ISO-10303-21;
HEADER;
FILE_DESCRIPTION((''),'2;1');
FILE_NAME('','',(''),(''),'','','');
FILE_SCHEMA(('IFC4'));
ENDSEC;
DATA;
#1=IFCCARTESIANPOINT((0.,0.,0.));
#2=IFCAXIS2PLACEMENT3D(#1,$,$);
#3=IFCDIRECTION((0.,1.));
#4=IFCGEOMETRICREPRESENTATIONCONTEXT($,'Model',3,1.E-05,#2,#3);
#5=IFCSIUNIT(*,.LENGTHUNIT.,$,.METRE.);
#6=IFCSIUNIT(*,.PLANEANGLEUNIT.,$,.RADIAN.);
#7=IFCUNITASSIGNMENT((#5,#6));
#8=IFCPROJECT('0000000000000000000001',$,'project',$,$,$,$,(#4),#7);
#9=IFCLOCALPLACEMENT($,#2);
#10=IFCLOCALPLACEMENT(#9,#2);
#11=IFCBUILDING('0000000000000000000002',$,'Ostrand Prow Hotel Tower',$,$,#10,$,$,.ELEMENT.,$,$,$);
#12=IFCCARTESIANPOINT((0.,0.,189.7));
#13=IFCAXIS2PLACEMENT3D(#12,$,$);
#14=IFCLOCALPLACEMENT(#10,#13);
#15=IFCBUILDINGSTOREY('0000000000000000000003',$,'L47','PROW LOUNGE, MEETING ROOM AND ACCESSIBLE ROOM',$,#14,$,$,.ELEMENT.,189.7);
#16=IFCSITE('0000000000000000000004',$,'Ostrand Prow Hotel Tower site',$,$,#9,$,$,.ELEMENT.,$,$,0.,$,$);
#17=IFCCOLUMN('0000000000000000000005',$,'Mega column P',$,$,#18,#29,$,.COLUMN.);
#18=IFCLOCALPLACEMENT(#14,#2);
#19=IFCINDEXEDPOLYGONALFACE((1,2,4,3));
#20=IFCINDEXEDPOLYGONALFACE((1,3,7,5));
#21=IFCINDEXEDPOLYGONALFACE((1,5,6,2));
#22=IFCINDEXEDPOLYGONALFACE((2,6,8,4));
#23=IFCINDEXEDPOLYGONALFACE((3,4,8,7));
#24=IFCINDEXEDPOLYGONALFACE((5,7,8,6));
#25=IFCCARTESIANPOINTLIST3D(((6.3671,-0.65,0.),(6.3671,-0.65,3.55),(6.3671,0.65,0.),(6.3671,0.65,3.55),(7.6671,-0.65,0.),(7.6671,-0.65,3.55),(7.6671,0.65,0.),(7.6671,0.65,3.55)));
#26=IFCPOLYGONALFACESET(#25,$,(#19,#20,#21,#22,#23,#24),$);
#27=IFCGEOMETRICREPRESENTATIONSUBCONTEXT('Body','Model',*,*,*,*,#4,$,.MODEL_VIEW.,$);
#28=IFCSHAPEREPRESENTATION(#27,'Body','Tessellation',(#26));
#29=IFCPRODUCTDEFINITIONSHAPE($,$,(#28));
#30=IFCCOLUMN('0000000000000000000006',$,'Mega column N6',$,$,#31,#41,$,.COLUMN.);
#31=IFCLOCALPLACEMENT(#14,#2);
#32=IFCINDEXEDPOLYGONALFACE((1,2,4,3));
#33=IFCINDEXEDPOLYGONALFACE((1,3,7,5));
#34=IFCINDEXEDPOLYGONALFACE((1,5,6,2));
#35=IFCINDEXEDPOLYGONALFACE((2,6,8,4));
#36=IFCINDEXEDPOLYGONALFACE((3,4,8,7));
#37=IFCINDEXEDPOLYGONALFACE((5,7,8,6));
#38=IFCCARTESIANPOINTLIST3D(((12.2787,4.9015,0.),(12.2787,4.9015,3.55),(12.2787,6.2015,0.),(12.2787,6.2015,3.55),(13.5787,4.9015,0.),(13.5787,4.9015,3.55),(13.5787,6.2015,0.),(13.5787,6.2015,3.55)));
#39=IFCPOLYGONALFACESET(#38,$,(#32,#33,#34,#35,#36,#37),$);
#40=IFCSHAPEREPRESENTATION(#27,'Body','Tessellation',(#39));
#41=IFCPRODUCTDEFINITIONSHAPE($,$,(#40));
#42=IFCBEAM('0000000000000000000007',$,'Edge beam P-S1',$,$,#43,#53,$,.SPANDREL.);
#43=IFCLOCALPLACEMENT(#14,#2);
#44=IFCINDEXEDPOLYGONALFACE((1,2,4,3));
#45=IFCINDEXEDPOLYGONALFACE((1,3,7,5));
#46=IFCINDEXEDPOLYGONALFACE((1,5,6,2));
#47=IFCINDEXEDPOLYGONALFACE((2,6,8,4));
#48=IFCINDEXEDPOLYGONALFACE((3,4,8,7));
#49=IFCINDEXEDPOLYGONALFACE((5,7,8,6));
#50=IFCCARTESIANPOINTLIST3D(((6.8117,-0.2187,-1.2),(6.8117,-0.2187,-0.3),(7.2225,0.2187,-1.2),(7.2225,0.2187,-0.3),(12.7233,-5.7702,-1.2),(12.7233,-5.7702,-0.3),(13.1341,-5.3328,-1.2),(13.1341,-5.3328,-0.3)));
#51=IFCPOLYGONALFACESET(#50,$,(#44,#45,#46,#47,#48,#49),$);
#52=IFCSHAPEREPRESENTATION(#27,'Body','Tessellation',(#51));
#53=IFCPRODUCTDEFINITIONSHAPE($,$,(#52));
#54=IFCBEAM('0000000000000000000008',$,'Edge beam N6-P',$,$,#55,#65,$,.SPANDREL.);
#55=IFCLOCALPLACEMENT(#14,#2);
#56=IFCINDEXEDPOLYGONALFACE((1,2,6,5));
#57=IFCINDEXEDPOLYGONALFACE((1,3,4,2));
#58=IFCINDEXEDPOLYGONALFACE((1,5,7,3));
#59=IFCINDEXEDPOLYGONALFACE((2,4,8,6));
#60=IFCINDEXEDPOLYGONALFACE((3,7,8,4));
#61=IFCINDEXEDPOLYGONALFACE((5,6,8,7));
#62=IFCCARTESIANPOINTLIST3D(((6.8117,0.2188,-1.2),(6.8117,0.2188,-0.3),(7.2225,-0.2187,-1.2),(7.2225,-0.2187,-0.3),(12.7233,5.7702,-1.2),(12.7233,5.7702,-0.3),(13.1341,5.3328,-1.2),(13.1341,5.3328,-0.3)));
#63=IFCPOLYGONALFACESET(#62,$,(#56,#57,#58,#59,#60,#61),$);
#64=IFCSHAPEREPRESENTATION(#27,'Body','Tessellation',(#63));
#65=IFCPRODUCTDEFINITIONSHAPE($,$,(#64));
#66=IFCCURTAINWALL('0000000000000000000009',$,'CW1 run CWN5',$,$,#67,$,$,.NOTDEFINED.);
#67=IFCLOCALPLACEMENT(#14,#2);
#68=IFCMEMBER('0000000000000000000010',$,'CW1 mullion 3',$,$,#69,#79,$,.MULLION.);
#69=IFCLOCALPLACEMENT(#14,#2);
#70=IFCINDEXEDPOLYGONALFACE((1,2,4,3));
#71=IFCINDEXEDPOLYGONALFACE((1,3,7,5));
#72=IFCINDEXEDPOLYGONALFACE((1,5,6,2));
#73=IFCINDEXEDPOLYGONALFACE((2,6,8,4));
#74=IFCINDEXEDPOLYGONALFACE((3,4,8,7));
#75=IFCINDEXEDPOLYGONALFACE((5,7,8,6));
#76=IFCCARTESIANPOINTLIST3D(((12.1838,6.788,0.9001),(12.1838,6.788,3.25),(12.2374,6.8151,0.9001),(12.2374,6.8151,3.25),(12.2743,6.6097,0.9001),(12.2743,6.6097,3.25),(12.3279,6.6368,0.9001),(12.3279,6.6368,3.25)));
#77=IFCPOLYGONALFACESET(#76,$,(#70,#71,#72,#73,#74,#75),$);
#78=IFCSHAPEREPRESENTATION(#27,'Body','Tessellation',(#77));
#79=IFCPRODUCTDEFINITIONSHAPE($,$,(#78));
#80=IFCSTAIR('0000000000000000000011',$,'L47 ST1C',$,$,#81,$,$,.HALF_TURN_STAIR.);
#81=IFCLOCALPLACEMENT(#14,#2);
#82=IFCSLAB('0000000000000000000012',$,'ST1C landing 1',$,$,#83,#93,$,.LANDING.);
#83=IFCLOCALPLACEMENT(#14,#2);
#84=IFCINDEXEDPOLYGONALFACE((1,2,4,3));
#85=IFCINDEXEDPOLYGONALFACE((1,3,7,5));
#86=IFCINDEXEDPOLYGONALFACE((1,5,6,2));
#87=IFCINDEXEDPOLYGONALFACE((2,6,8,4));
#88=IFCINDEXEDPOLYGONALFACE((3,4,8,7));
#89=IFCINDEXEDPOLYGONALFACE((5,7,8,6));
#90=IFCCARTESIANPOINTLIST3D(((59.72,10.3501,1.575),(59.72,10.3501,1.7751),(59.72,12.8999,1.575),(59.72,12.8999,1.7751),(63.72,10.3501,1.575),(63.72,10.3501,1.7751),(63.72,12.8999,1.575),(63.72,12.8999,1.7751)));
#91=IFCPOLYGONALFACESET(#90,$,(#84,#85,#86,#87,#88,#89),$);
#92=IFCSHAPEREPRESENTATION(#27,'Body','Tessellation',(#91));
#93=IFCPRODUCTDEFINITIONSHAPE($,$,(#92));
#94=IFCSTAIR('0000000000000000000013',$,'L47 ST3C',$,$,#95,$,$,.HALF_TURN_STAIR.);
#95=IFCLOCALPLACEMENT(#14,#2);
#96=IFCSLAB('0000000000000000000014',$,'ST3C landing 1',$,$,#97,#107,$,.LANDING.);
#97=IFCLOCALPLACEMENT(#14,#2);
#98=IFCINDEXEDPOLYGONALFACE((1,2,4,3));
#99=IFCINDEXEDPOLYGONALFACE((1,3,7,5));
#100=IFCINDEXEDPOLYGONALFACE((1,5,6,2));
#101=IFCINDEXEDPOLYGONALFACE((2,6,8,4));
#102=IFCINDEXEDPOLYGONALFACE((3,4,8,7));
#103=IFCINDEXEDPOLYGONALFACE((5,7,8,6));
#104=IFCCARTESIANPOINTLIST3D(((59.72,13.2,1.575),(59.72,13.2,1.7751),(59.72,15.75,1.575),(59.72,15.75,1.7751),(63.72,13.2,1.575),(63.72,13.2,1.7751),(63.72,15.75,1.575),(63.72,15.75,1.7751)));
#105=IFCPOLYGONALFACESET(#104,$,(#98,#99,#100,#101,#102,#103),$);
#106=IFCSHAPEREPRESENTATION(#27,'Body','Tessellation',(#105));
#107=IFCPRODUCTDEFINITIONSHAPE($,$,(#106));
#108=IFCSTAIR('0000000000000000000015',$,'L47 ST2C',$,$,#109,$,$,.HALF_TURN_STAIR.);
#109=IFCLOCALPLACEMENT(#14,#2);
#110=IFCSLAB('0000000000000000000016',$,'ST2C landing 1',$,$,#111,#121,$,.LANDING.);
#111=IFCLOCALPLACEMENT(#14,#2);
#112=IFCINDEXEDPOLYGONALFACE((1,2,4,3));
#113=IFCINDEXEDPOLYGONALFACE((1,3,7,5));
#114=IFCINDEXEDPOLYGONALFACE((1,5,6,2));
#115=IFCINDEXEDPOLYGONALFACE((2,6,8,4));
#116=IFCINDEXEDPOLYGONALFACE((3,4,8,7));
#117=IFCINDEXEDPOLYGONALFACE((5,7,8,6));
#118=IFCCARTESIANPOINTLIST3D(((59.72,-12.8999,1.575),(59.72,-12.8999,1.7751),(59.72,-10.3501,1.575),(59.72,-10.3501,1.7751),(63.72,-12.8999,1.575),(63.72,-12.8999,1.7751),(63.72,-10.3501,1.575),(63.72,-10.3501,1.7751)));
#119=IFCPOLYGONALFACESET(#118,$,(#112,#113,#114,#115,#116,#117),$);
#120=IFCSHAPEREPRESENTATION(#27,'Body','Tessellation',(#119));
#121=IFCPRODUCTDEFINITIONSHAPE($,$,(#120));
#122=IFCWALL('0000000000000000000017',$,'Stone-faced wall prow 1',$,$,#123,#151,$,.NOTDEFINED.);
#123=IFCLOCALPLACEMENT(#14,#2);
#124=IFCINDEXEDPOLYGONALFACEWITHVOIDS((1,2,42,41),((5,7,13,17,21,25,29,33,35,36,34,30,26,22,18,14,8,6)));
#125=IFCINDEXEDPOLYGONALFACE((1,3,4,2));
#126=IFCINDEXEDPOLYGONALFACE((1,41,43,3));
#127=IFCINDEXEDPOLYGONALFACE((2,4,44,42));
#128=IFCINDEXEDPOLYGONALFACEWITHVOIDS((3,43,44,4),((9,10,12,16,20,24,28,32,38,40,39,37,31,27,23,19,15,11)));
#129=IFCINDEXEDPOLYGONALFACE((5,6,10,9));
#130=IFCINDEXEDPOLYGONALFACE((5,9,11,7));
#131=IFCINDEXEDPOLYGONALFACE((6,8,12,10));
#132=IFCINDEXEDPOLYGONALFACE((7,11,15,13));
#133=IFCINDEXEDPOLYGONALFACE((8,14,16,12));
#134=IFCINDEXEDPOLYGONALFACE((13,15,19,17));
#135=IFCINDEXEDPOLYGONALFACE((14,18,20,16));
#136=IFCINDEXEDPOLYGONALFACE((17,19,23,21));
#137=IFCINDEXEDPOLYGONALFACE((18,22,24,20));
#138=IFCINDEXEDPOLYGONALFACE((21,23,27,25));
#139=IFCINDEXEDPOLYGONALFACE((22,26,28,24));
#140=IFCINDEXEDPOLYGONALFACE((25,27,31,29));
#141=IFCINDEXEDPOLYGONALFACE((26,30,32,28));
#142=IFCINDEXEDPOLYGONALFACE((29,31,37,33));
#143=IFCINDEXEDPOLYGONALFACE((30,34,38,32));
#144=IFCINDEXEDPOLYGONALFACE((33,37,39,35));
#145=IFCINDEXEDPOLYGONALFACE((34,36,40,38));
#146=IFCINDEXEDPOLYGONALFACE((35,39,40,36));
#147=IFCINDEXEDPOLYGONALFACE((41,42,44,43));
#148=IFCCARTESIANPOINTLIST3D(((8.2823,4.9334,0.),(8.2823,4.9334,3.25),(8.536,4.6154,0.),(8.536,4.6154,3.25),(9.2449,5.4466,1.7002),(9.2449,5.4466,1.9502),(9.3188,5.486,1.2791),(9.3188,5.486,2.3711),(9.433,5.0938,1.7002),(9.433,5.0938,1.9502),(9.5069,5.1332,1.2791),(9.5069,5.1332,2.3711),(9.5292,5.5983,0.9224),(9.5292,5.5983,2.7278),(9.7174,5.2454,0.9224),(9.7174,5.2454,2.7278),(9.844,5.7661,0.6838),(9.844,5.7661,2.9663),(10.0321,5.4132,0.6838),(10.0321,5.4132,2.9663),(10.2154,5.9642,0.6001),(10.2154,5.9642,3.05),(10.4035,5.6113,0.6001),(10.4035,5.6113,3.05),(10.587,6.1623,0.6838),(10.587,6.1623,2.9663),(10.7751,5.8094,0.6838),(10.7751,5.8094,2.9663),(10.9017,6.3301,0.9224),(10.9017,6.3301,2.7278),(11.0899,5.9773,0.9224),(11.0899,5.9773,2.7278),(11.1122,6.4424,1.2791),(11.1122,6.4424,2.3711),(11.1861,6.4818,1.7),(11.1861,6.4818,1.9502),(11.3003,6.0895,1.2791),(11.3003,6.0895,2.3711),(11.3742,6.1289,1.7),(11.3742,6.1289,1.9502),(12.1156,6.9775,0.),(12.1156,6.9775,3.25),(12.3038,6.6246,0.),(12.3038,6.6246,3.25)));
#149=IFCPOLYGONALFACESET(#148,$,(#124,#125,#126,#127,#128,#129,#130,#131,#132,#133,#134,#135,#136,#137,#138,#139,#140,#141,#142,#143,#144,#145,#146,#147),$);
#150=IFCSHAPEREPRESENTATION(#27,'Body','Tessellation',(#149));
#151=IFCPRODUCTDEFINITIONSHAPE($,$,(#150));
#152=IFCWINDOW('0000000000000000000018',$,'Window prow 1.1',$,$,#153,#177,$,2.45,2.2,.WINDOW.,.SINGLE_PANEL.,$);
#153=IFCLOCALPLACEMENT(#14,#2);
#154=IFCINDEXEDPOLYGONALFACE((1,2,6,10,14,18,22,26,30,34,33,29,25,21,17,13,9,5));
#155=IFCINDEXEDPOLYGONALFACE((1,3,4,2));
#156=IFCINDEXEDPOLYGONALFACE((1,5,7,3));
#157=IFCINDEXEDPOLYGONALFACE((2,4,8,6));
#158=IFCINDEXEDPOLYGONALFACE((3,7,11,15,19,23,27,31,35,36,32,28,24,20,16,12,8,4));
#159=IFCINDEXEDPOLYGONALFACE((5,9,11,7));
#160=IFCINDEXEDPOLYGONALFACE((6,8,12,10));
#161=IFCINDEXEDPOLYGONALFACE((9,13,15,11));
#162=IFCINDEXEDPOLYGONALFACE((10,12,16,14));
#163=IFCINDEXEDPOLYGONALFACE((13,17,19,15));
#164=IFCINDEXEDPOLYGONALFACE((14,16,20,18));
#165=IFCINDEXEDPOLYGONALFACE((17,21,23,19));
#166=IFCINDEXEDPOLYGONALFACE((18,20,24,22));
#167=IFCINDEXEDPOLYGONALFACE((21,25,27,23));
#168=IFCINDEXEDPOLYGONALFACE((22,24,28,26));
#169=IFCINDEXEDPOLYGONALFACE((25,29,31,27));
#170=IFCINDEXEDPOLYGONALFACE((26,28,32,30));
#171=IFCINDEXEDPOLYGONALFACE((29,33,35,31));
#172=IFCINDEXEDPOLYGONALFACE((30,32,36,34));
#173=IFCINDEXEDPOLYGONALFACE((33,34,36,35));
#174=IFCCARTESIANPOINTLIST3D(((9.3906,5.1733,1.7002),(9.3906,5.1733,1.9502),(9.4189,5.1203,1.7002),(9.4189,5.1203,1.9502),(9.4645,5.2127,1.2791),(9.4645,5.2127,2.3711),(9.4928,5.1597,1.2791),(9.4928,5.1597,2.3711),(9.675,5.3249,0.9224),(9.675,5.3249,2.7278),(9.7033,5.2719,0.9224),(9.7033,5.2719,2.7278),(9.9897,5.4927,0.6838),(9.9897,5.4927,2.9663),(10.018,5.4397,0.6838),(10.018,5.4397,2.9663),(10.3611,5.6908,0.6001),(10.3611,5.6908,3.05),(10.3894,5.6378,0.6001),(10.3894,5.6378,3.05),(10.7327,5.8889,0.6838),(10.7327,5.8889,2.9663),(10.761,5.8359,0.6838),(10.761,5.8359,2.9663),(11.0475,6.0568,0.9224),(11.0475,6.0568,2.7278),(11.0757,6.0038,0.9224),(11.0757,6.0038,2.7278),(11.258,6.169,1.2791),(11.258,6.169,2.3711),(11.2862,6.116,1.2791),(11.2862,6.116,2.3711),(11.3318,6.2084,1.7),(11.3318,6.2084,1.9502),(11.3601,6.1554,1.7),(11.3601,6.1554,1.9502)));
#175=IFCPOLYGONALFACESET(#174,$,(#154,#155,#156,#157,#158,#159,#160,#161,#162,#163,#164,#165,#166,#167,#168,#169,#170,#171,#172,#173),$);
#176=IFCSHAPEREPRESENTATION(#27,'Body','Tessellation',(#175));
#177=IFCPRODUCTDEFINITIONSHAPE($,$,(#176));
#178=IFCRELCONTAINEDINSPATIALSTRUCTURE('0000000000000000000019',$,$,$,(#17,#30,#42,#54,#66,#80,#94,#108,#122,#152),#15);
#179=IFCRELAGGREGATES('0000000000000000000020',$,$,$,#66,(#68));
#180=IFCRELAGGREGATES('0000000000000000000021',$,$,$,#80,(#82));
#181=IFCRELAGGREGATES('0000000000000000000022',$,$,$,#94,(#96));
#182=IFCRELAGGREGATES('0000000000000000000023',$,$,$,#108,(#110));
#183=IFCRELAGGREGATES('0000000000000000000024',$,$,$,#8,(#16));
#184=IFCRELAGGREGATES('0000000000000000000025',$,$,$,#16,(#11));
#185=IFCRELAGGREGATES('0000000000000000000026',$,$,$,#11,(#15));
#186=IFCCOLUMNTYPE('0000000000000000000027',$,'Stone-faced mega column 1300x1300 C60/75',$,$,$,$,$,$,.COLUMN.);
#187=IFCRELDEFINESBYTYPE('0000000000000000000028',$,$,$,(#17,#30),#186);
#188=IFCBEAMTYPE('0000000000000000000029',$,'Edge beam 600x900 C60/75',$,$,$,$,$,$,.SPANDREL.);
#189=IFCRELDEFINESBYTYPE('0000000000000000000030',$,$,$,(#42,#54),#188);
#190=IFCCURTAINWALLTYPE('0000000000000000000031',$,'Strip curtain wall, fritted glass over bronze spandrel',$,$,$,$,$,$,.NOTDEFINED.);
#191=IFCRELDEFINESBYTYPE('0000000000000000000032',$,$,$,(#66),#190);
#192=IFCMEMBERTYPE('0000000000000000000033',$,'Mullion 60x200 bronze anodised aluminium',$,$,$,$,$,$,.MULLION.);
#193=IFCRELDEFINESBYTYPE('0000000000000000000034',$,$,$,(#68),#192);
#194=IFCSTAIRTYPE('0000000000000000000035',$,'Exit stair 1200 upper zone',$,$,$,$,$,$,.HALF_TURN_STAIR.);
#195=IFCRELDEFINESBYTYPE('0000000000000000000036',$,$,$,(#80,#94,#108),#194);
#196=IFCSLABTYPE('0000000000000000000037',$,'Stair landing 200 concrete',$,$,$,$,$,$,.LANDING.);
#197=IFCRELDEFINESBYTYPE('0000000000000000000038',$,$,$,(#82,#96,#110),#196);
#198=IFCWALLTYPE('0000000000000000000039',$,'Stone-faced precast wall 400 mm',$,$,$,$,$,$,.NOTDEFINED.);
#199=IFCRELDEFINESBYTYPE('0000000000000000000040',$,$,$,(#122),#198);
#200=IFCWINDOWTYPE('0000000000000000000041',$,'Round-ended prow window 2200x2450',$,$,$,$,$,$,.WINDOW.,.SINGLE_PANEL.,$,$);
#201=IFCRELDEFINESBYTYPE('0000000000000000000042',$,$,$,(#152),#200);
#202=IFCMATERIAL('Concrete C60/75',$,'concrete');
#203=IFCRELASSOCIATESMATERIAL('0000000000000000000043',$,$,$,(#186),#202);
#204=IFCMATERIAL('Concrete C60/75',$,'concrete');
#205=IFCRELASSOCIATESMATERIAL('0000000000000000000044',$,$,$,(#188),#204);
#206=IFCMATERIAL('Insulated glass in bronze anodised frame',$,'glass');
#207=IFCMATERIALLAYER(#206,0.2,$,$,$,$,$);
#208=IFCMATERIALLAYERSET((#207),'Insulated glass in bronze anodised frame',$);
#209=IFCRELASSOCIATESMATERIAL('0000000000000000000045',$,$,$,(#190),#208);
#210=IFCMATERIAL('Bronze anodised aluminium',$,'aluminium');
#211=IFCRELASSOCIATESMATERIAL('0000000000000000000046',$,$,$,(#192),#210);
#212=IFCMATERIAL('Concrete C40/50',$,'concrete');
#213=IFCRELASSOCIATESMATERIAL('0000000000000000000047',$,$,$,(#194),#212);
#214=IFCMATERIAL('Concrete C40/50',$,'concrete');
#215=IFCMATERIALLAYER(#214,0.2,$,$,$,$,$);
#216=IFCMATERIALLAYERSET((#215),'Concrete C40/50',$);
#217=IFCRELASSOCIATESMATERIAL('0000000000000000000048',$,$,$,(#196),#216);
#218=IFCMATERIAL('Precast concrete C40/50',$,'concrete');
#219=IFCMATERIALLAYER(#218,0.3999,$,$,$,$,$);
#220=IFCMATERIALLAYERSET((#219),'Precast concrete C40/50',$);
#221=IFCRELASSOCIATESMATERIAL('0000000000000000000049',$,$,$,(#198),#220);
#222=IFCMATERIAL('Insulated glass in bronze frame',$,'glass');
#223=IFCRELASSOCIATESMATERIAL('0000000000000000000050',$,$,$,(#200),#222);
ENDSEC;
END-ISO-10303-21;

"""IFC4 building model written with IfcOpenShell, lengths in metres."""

from ifc_helpers import new_model, si_unit, direction, frame, origin, origin_2d, place, context, subcontext, project, spatial, polyline, rectangle, outline, extrude, material, layer, layer_set, material_profile, profile_set, type_object, element, fill, aggregate, save


model = new_model("IFC4")

# Units and contexts
model_context = context("Model", 3, precision=1e-05, world=origin(), true_north=direction((0.0, 1.0)))
body_context = subcontext(model_context, "Body", "Model", "MODEL_VIEW")
ifc_project = project(units=[si_unit("LENGTHUNIT", "METRE"), si_unit("PLANEANGLEUNIT", "RADIAN")], contexts=[model_context])

# Site, building, storey
site_placement = place(None, origin())
site = spatial("IfcSite", under=ifc_project, at=site_placement, Name="Ostrand Prow Hotel Tower site", CompositionType="ELEMENT", RefElevation=0.0)
building_placement = place(site_placement, origin())
building = spatial("IfcBuilding", under=site, at=building_placement, Name="Ostrand Prow Hotel Tower", CompositionType="ELEMENT")
storey_placement = place(building_placement, frame((0.0, 0.0, 189.7)))
storey = spatial("IfcBuildingStorey", under=building, at=storey_placement, Name="L47", Description="PROW LOUNGE, MEETING ROOM AND ACCESSIBLE ROOM", CompositionType="ELEMENT", Elevation=189.7)

# Columns
ifc_material_1 = material(Name="Concrete C60/75", Category="concrete")
ifc_material_profile_1 = material_profile(ifc_material_1, rectangle(XDim=1.3, YDim=1.3, at=origin_2d()), Name="RC 1300x1300")
ifc_profile_set_1 = profile_set([ifc_material_profile_1], Name="Concrete C60/75")
column_type = type_object("IfcColumnType", Name="Stone-faced mega column 1300x1300 C60/75", PredefinedType="COLUMN", material=ifc_profile_set_1)
for number, where, z_axis, x_axis, name in (
    (1, (7.0171, 0.0, 0.0), (0.0, 0.0, 1.0), (1.0, 0.0, 0.0), "Mega column P"),
    (2, (12.9287, 5.5515, 0.0), (0.0, 0.0, 1.0), (1.0, 0.0, 0.0), "Mega column N6"),
):
    element("IfcColumn", number, at=place(storey_placement, frame(where, z_axis=z_axis, x_axis=x_axis)), inside=storey, type_object=column_type, Name=name, PredefinedType="COLUMN", context=body_context, shape_type="SweptSolid", body=[
        extrude(rectangle(XDim=1.3, YDim=1.3, at=origin_2d()), origin(), (0.0, 0.0, 1.0), 3.55),
    ])

# Beams
ifc_material_2 = material(Name="Concrete C60/75", Category="concrete")
ifc_material_profile_2 = material_profile(ifc_material_2, rectangle(XDim=0.6001, YDim=0.8999, at=origin_2d()), Name="RC 600x900")
ifc_profile_set_2 = profile_set([ifc_material_profile_2], Name="Concrete C60/75")
beam_type = type_object("IfcBeamType", Name="Edge beam 600x900 C60/75", PredefinedType="SPANDREL", material=ifc_profile_set_2)
for number, where, z_axis, x_axis, name in (
    (3, (7.0171, 0.0, -0.75), (0.728961, -0.684556, 0.0), (0.684556, 0.728961, 0.0), "Edge beam P-S1"),
    (4, (12.9287, 5.5515, -0.75), (-0.728961, -0.684556, 0.0), (0.684556, -0.728961, 0.0), "Edge beam N6-P"),
):
    element("IfcBeam", number, at=place(storey_placement, frame(where, z_axis=z_axis, x_axis=x_axis)), inside=storey, type_object=beam_type, Name=name, PredefinedType="SPANDREL", context=body_context, shape_type="SweptSolid", body=[
        extrude(rectangle(XDim=0.6001, YDim=0.8999, at=origin_2d()), origin(), (0.0, 0.0, 1.0), 8.1096),
    ])

# Curtain wall, member
ifc_material_3 = material(Name="Insulated glass in bronze anodised frame", Category="glass")
ifc_layer_1 = layer(ifc_material_3, 0.2)
ifc_layer_set_1 = layer_set([ifc_layer_1], Name="Insulated glass in bronze anodised frame")
curtain_wall_type = type_object("IfcCurtainWallType", Name="Strip curtain wall, fritted glass over bronze spandrel", PredefinedType="NOTDEFINED", material=ifc_layer_set_1)
curtain_wall_placement = place(storey_placement, origin())
curtain_wall = element("IfcCurtainWall", 5, at=curtain_wall_placement, inside=storey, type_object=curtain_wall_type, Name="CW1 run CWN5", PredefinedType="NOTDEFINED")
ifc_material_4 = material(Name="Bronze anodised aluminium", Category="aluminium")
ifc_material_profile_3 = material_profile(ifc_material_4, rectangle(XDim=0.2, YDim=0.0601, at=origin_2d()), Name="Mullion 60x200 bronze anodised aluminium")
ifc_profile_set_3 = profile_set([ifc_material_profile_3], Name="Bronze anodised aluminium")
member_type = type_object("IfcMemberType", Name="Mullion 60x200 bronze anodised aluminium", PredefinedType="MULLION", material=ifc_profile_set_3)
member_placement = place(storey_placement, frame((12.2559, 6.7124, 0.9001), z_axis=(0.0, 0.0, 1.0), x_axis=(0.452659, -0.891684, 0.0)))
member = element("IfcMember", 6, at=member_placement, type_object=member_type, Name="CW1 mullion 3", PredefinedType="MULLION", context=body_context, shape_type="SweptSolid", body=[
    extrude(rectangle(XDim=0.2, YDim=0.0601, at=origin_2d()), origin(), (0.0, 0.0, 1.0), 2.3499),
])
aggregate(curtain_wall, [member])

# Stairs, slabs
ifc_material_5 = material(Name="Concrete C40/50", Category="concrete")
stair_type = type_object("IfcStairType", Name="Exit stair 1200 upper zone", PredefinedType="HALF_TURN_STAIR", material=ifc_material_5)
stair_1_placement = place(storey_placement, origin())
stair_1 = element("IfcStair", 7, at=stair_1_placement, inside=storey, type_object=stair_type, Name="L47 ST1C", PredefinedType="HALF_TURN_STAIR")
ifc_material_6 = material(Name="Concrete C40/50", Category="concrete")
ifc_layer_2 = layer(ifc_material_6, 0.2)
ifc_layer_set_2 = layer_set([ifc_layer_2], Name="Concrete C40/50")
slab_type = type_object("IfcSlabType", Name="Stair landing 200 concrete", PredefinedType="LANDING", material=ifc_layer_set_2)
slab_1_placement = place(storey_placement, frame((0.0, 0.0, 1.575)))
slab_1 = element("IfcSlab", 8, at=slab_1_placement, type_object=slab_type, Name="ST1C landing 1", PredefinedType="LANDING", context=body_context, shape_type="SweptSolid", body=[
    extrude(outline(polyline([(59.72, 10.3501), (63.72, 10.3501), (63.72, 12.8999), (59.72, 12.8999), (59.72, 10.3501)])), origin(), (0.0, 0.0, 1.0), 0.2002),
])
aggregate(stair_1, [slab_1])
stair_2_placement = place(storey_placement, origin())
stair_2 = element("IfcStair", 9, at=stair_2_placement, inside=storey, type_object=stair_type, Name="L47 ST3C", PredefinedType="HALF_TURN_STAIR")
slab_2_placement = place(storey_placement, frame((0.0, 0.0, 1.575)))
slab_2 = element("IfcSlab", 10, at=slab_2_placement, type_object=slab_type, Name="ST3C landing 1", PredefinedType="LANDING", context=body_context, shape_type="SweptSolid", body=[
    extrude(outline(polyline([(59.72, 13.2), (63.72, 13.2), (63.72, 15.75), (59.72, 15.75), (59.72, 13.2)])), origin(), (0.0, 0.0, 1.0), 0.2002),
])
aggregate(stair_2, [slab_2])
stair_3_placement = place(storey_placement, origin())
stair_3 = element("IfcStair", 11, at=stair_3_placement, inside=storey, type_object=stair_type, Name="L47 ST2C", PredefinedType="HALF_TURN_STAIR")
slab_3_placement = place(storey_placement, frame((0.0, 0.0, 1.575)))
slab_3 = element("IfcSlab", 12, at=slab_3_placement, type_object=slab_type, Name="ST2C landing 1", PredefinedType="LANDING", context=body_context, shape_type="SweptSolid", body=[
    extrude(outline(polyline([(59.72, -12.8999), (63.72, -12.8999), (63.72, -10.3501), (59.72, -10.3501), (59.72, -12.8999)])), origin(), (0.0, 0.0, 1.0), 0.2002),
])
aggregate(stair_3, [slab_3])

# Wall, opening, window
ifc_material_7 = material(Name="Precast concrete C40/50", Category="concrete")
ifc_layer_3 = layer(ifc_material_7, 0.3999)
ifc_layer_set_3 = layer_set([ifc_layer_3], Name="Precast concrete C40/50")
wall_type = type_object("IfcWallType", Name="Stone-faced precast wall 400 mm", PredefinedType="NOTDEFINED", material=ifc_layer_set_3)
wall_1_placement = place(storey_placement, frame((12.2097, 6.801, 0.0), z_axis=(0.0, 0.0, 1.0), x_axis=(-0.882386, -0.470526, 0.0)))
wall_1 = element("IfcWall", 13, at=wall_1_placement, inside=storey, type_object=wall_type, Name="Stone-faced wall prow 1", PredefinedType="NOTDEFINED", context=body_context, shape_type="SweptSolid", body=[
    extrude(outline(polyline([(0.0, -0.2), (4.3442, -0.2), (4.27, 0.2), (0.0, 0.2), (0.0, -0.2)])), origin(), (0.0, 0.0, 1.0), 3.25),
])
opening_1_placement = place(wall_1_placement, frame((1.0535, 0.0, 0.6001)))
opening_1 = element("IfcOpeningElement", 14, at=opening_1_placement, cuts=wall_1, PredefinedType="OPENING", context=body_context, shape_type="SweptSolid", body=[
    extrude(outline(polyline([(0.0, 1.3501), (0.0837, 1.771), (0.3223, 2.1277), (0.679, 2.3662), (1.1001, 2.45), (1.521, 2.3662), (1.8777, 2.1277), (2.1162, 1.771), (2.2, 1.3501), (2.2, 1.1001), (2.1162, 0.679), (1.8777, 0.3223), (1.521, 0.0837), (1.1001, 0.0), (0.679, 0.0837), (0.3223, 0.3223), (0.0837, 0.679), (0.0, 1.0999), (0.0, 1.3501)])), frame((0.0, 0.21, 0.0), z_axis=(0.0, -1.0, 0.0), x_axis=(1.0, 0.0, 0.0)), (0.0, 0.0, 1.0), 0.4199),
])
ifc_material_8 = material(Name="Insulated glass in bronze frame", Category="glass")
window_type = type_object("IfcWindowType", Name="Round-ended prow window 2200x2450", PartitioningType="SINGLE_PANEL", PredefinedType="WINDOW", material=ifc_material_8)
window_1_placement = place(opening_1_placement, origin())
window_1 = element("IfcWindow", 15, at=window_1_placement, inside=storey, type_object=window_type, Name="Window prow 1.1", OverallHeight=2.45, OverallWidth=2.2, PartitioningType="SINGLE_PANEL", PredefinedType="WINDOW", context=body_context, shape_type="SweptSolid", body=[
    extrude(outline(polyline([(0.0, 1.3501), (0.0837, 1.771), (0.3223, 2.1277), (0.679, 2.3662), (1.1001, 2.45), (1.521, 2.3662), (1.8777, 2.1277), (2.1162, 1.771), (2.2, 1.3501), (2.2, 1.1001), (2.1162, 0.679), (1.8777, 0.3223), (1.521, 0.0837), (1.1001, 0.0), (0.679, 0.0837), (0.3223, 0.3223), (0.0837, 0.679), (0.0, 1.0999), (0.0, 1.3501)])), frame((0.0, 0.1699, 0.0), z_axis=(0.0, -1.0, 0.0), x_axis=(1.0, 0.0, 0.0)), (0.0, 0.0, 1.0), 0.0601),
])
fill(opening_1, window_1)

save(model, "model.ifc")
